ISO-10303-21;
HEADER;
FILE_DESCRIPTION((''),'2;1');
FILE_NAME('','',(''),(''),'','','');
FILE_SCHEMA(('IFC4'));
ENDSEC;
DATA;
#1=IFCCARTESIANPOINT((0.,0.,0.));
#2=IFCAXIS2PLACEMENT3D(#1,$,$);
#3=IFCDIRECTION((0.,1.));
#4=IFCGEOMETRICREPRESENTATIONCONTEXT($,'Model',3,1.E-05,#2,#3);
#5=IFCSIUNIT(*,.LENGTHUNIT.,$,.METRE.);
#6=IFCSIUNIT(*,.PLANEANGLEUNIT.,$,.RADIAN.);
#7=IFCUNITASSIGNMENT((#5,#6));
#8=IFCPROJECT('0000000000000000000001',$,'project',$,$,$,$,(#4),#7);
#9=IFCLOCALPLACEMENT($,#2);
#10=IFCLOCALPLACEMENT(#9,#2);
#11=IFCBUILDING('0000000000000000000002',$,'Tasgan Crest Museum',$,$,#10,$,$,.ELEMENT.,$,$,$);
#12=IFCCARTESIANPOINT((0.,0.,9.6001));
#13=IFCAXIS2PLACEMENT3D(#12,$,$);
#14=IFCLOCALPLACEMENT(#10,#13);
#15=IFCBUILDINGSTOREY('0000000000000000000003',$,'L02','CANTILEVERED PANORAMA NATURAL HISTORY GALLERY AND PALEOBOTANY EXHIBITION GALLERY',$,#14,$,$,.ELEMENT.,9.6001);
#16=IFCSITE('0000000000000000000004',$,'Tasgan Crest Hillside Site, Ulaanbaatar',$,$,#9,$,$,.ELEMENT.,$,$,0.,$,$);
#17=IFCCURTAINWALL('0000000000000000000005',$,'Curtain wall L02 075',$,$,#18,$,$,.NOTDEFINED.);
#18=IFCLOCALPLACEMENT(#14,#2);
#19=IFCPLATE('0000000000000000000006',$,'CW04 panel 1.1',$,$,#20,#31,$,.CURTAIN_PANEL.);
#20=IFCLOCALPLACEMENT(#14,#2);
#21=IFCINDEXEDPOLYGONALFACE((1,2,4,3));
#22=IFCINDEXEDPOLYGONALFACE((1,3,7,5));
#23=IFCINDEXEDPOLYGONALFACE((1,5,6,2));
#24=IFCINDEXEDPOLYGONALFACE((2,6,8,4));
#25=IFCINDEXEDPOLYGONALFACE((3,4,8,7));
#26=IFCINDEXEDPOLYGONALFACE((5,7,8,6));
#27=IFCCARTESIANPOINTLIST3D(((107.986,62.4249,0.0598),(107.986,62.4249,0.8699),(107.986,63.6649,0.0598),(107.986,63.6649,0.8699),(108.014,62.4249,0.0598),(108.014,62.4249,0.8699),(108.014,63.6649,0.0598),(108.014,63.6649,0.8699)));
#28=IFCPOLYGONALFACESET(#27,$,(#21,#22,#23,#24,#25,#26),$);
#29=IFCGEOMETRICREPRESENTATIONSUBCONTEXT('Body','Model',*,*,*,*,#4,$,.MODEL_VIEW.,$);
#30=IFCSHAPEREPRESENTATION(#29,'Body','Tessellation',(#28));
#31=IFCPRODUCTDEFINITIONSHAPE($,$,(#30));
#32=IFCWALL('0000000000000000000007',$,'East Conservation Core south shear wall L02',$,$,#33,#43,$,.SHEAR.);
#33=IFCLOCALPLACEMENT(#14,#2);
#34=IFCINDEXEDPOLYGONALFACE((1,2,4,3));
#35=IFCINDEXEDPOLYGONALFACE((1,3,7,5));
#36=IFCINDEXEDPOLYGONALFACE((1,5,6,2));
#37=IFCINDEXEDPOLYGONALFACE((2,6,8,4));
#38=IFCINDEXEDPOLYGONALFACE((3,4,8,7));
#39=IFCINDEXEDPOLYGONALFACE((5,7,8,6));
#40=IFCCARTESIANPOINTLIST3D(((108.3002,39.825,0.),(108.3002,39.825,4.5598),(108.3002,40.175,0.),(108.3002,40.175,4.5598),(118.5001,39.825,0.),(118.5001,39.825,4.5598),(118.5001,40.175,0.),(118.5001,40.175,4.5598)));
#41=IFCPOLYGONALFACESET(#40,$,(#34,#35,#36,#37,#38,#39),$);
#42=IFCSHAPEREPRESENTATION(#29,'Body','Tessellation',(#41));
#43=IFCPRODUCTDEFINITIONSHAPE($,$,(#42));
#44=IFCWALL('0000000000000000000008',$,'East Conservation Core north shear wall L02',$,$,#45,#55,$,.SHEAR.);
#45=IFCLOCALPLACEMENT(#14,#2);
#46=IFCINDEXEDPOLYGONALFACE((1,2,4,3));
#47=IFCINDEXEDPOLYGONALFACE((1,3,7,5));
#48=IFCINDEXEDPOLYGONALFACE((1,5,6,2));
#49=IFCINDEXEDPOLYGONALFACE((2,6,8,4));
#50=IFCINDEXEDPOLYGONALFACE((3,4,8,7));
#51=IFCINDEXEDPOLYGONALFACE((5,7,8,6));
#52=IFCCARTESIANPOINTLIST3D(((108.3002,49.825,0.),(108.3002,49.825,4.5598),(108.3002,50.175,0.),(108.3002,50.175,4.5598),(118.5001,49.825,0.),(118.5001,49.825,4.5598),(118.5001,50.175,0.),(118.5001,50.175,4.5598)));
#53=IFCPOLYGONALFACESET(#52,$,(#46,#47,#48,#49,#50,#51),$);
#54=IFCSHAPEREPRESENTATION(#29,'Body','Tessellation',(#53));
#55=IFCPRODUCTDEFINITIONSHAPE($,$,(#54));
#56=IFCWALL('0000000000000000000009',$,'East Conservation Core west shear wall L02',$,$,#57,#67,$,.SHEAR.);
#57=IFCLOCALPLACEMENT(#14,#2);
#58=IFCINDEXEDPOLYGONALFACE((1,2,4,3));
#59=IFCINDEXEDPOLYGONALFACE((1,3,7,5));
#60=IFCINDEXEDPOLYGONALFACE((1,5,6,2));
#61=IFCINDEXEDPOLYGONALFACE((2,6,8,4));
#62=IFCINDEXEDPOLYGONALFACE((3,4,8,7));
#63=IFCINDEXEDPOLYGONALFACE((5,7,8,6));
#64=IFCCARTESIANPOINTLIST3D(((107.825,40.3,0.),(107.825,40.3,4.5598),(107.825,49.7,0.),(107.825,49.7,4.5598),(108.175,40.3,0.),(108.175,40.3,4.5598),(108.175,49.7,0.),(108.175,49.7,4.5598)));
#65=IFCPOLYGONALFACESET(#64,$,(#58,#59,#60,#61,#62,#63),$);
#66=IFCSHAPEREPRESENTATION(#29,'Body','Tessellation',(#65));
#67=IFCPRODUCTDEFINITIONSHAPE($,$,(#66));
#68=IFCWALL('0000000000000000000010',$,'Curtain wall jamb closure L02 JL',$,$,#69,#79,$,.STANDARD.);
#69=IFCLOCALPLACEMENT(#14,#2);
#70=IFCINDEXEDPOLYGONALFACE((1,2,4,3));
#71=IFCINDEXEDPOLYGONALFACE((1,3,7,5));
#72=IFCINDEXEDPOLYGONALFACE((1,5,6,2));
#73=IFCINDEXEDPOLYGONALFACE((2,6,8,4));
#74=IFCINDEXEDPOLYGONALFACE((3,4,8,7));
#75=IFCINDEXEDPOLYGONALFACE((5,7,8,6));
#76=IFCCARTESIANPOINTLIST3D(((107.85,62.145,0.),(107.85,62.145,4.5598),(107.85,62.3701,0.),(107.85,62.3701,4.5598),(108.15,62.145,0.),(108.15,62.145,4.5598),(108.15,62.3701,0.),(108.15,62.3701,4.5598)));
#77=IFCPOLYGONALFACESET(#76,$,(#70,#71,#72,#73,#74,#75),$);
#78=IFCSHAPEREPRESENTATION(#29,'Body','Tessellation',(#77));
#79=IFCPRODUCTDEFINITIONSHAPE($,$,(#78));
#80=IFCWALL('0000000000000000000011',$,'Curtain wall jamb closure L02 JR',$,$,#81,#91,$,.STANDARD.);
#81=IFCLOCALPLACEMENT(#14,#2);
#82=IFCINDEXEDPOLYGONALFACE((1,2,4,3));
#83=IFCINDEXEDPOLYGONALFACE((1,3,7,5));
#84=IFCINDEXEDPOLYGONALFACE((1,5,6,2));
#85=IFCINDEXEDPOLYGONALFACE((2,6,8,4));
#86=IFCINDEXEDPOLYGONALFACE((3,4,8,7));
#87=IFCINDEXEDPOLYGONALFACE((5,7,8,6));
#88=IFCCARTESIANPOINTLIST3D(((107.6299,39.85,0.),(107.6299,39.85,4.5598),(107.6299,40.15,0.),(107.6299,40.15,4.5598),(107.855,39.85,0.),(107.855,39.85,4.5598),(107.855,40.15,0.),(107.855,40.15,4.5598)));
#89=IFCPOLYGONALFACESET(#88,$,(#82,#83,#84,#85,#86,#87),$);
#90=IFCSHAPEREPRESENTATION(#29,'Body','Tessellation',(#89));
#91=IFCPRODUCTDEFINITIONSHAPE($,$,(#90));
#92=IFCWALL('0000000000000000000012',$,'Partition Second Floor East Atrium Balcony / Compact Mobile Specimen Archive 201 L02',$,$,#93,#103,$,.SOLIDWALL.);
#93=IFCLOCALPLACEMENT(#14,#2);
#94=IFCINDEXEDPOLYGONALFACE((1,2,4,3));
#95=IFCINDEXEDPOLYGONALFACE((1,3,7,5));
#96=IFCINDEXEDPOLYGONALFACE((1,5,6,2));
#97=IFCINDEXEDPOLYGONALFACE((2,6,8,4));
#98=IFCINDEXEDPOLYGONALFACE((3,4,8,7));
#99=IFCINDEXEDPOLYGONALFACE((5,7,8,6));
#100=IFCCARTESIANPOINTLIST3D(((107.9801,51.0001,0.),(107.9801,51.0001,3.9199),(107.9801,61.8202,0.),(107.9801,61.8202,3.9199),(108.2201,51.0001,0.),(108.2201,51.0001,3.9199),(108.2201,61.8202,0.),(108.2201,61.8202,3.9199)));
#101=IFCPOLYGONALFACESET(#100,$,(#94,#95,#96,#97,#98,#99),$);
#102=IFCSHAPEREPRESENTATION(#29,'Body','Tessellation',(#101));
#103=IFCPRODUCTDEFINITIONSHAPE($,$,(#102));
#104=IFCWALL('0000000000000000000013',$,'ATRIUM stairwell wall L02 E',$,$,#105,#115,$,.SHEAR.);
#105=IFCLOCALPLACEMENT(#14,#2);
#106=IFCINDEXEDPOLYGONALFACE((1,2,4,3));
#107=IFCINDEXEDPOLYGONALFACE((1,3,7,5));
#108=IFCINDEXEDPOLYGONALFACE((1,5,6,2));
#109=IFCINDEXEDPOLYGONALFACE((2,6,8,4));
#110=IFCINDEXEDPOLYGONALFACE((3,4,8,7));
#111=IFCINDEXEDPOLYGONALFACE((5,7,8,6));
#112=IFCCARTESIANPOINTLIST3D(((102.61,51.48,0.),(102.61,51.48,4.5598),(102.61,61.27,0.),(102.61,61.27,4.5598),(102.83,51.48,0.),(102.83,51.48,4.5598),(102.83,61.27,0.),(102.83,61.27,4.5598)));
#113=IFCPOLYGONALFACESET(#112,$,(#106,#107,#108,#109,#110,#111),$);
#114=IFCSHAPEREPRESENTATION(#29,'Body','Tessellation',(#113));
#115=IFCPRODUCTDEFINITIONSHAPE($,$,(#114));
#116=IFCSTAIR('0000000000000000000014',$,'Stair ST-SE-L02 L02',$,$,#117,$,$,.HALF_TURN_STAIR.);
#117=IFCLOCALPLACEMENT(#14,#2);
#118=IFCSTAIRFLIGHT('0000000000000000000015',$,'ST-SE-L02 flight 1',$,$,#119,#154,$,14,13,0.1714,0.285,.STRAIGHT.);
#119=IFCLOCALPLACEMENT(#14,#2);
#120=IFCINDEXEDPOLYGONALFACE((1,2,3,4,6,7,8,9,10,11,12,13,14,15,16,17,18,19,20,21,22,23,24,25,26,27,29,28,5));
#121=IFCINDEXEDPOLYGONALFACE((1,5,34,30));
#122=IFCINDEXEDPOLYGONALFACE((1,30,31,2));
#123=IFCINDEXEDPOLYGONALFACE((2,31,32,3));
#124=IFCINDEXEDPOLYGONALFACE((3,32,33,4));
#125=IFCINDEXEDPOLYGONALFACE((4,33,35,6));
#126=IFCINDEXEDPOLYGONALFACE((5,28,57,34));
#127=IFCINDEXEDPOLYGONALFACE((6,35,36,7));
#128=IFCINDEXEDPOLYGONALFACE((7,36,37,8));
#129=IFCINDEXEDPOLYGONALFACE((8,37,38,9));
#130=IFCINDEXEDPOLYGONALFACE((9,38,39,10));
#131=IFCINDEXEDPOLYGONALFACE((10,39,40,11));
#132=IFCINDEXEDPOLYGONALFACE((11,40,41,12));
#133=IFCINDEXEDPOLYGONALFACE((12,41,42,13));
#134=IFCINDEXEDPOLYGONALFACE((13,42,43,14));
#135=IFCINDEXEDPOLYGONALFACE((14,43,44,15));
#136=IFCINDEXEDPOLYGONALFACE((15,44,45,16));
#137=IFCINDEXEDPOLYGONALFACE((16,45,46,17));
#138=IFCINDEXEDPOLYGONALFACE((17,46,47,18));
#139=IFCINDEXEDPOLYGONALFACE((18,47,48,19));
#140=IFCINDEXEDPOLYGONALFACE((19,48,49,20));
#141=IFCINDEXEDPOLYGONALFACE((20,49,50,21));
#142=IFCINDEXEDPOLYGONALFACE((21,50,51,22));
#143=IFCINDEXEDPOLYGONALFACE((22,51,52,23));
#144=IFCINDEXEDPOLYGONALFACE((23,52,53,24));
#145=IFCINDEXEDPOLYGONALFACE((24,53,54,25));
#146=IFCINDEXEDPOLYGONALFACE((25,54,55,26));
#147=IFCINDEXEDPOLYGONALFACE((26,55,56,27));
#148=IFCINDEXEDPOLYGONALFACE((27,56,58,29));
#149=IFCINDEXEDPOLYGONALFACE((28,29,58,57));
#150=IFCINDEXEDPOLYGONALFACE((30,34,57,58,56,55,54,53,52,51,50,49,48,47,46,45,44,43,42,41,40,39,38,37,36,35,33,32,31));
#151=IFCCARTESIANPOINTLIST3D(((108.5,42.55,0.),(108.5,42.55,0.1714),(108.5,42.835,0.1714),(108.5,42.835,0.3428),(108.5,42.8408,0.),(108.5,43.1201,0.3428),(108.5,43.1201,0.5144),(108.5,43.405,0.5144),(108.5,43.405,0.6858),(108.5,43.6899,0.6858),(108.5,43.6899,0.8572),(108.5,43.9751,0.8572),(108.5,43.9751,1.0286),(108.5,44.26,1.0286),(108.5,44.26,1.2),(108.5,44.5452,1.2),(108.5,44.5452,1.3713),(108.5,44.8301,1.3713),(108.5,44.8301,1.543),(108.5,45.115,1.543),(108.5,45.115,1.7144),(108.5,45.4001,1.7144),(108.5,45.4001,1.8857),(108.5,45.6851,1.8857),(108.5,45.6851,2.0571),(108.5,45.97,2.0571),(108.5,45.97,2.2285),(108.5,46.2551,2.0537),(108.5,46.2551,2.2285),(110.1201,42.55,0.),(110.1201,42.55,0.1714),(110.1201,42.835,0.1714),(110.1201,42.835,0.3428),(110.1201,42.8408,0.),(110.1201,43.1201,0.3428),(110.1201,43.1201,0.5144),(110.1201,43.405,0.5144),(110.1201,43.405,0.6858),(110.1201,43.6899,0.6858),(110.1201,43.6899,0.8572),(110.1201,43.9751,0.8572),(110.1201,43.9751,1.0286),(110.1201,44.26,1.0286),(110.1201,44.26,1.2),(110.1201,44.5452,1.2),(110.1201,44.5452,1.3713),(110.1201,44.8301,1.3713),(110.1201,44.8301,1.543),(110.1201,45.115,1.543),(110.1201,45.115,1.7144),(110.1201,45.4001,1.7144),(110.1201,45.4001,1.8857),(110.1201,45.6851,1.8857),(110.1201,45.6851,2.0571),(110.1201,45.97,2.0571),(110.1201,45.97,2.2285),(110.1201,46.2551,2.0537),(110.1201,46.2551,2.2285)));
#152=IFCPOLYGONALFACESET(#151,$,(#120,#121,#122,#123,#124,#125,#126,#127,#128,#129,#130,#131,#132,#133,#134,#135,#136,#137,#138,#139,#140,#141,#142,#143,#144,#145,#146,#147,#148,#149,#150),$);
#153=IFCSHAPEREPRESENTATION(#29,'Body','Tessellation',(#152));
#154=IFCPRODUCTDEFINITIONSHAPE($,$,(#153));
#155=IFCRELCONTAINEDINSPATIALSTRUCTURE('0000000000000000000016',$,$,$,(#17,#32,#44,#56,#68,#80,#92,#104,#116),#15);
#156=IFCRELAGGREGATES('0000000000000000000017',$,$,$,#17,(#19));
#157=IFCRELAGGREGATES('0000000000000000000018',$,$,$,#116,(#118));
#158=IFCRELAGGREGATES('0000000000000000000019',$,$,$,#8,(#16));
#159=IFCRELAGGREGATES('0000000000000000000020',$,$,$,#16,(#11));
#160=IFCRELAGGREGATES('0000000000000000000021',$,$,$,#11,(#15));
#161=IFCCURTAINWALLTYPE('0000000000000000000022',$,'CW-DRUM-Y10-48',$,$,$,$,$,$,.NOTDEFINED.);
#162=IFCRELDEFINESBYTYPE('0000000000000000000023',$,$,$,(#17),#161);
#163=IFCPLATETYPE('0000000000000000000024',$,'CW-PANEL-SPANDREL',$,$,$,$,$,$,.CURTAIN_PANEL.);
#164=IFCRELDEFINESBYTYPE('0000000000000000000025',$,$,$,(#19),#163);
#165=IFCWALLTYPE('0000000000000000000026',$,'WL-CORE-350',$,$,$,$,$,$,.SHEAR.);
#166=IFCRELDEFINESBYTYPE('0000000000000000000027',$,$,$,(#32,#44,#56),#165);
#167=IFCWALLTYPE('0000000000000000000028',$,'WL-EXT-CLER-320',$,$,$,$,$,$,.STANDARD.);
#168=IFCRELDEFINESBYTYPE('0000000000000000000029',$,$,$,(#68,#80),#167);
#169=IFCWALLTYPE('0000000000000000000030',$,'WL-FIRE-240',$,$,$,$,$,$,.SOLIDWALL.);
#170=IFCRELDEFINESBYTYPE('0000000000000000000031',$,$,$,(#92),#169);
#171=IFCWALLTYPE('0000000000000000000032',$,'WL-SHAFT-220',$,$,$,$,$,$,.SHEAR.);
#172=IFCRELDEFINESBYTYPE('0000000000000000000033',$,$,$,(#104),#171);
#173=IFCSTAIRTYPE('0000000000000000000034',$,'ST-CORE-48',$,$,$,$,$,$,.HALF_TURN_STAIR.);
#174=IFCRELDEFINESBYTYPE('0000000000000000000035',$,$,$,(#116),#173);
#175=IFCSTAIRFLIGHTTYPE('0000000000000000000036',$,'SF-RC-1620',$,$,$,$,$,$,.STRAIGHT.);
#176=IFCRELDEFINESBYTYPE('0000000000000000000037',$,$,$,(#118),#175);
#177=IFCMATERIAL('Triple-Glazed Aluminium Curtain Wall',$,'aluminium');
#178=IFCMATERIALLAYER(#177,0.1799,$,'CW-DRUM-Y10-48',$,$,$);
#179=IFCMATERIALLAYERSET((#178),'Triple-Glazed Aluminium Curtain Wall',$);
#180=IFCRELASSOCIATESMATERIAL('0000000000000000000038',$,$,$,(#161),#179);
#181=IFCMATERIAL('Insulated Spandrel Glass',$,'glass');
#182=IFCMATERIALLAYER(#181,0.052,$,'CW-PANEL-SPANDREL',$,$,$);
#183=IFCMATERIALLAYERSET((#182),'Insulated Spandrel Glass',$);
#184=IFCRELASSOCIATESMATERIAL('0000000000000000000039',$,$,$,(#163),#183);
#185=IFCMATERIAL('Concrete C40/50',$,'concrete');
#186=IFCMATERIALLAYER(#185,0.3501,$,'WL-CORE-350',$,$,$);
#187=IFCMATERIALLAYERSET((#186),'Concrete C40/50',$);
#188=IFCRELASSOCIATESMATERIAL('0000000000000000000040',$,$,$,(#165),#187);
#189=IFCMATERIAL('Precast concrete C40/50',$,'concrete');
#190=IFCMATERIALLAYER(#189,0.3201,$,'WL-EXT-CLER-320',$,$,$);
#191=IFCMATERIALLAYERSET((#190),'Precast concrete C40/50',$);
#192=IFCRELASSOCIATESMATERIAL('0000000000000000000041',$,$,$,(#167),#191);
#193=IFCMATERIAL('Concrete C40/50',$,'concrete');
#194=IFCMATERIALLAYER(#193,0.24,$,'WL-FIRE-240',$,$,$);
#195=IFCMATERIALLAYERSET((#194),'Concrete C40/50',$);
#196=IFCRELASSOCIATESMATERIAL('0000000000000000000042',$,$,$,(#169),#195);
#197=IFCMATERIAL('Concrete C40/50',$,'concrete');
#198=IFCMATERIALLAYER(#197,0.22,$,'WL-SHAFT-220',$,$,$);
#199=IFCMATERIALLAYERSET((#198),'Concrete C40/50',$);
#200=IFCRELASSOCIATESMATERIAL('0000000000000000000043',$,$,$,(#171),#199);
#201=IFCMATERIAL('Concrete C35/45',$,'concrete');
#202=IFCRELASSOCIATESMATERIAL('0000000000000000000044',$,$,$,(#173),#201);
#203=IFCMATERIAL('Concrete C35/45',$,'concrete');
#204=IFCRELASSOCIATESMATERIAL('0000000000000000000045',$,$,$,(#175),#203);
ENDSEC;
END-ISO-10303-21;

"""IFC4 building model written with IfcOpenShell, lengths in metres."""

from ifc_helpers import new_model, si_unit, direction, frame, frame_2d, origin, origin_2d, place, context, subcontext, project, spatial, polyline, rectangle, outline, extrude, material, layer, layer_set, type_object, element, aggregate, save


model = new_model("IFC4")

# Units and contexts
model_context = context("Model", 3, precision=1e-05, world=origin(), true_north=direction((0.0, 1.0)))
body_context = subcontext(model_context, "Body", "Model", "MODEL_VIEW")
ifc_project = project(units=[si_unit("LENGTHUNIT", "METRE"), si_unit("PLANEANGLEUNIT", "RADIAN")], contexts=[model_context])

# Site, building, storey
site_placement = place(None, origin())
site = spatial("IfcSite", under=ifc_project, at=site_placement, Name="Tasgan Crest Hillside Site, Ulaanbaatar", CompositionType="ELEMENT", RefElevation=0.0)
building_placement = place(site_placement, origin())
building = spatial("IfcBuilding", under=site, at=building_placement, Name="Tasgan Crest Museum", CompositionType="ELEMENT")
storey_placement = place(building_placement, frame((0.0, 0.0, 9.6001)))
storey = spatial("IfcBuildingStorey", under=building, at=storey_placement, Name="L02", Description="CANTILEVERED PANORAMA NATURAL HISTORY GALLERY AND PALEOBOTANY EXHIBITION GALLERY", CompositionType="ELEMENT", Elevation=9.6001)

# Curtain wall, plate
ifc_material_1 = material(Name="Triple-Glazed Aluminium Curtain Wall", Category="aluminium")
ifc_layer_1 = layer(ifc_material_1, 0.1799, Name="CW-DRUM-Y10-48")
ifc_layer_set_1 = layer_set([ifc_layer_1], Name="Triple-Glazed Aluminium Curtain Wall")
curtain_wall_type = type_object("IfcCurtainWallType", Name="CW-DRUM-Y10-48", PredefinedType="NOTDEFINED", material=ifc_layer_set_1)
curtain_wall_placement = place(storey_placement, origin())
curtain_wall = element("IfcCurtainWall", 1, at=curtain_wall_placement, inside=storey, type_object=curtain_wall_type, Name="Curtain wall L02 075", PredefinedType="NOTDEFINED")
ifc_material_2 = material(Name="Insulated Spandrel Glass", Category="glass")
ifc_layer_2 = layer(ifc_material_2, 0.052, Name="CW-PANEL-SPANDREL")
ifc_layer_set_2 = layer_set([ifc_layer_2], Name="Insulated Spandrel Glass")
plate_type = type_object("IfcPlateType", Name="CW-PANEL-SPANDREL", PredefinedType="CURTAIN_PANEL", material=ifc_layer_set_2)
plate_placement = place(storey_placement, frame((108.0, 63.0449, 0.0598), z_axis=(0.0, 0.0, 1.0), x_axis=(0.0, 1.0, 0.0)))
plate = element("IfcPlate", 2, at=plate_placement, type_object=plate_type, Name="CW04 panel 1.1", PredefinedType="CURTAIN_PANEL", context=body_context, shape_type="SweptSolid", body=[
    extrude(rectangle(XDim=1.24, YDim=0.0281, at=origin_2d()), origin(), (0.0, 0.0, 1.0), 0.8101),
])
aggregate(curtain_wall, [plate])

# Walls
ifc_material_3 = material(Name="Concrete C40/50", Category="concrete")
ifc_layer_3 = layer(ifc_material_3, 0.3501, Name="WL-CORE-350")
ifc_layer_set_3 = layer_set([ifc_layer_3], Name="Concrete C40/50")
wall_type_1 = type_object("IfcWallType", Name="WL-CORE-350", PredefinedType="SHEAR", material=ifc_layer_set_3)
for number, where, z_axis, x_axis, name in (
    (3, (108.3, 40.0, 0.0), (0.0, 0.0, 1.0), (1.0, 0.0, 0.0), "East Conservation Core south shear wall L02"),
    (4, (108.3, 50.0, 0.0), (0.0, 0.0, 1.0), (1.0, 0.0, 0.0), "East Conservation Core north shear wall L02"),
):
    element("IfcWall", number, at=place(storey_placement, frame(where, z_axis=z_axis, x_axis=x_axis)), inside=storey, type_object=wall_type_1, Name=name, PredefinedType="SHEAR", context=body_context, shape_type="SweptSolid", body=[
        extrude(rectangle(XDim=10.2, YDim=0.3501, at=frame_2d((5.1001, 0.0))), origin(), (0.0, 0.0, 1.0), 4.5598),
    ])
wall_1_placement = place(storey_placement, frame((108.0, 40.3, 0.0), z_axis=(0.0, 0.0, 1.0), x_axis=(0.0, 1.0, 0.0)))
element("IfcWall", 5, at=wall_1_placement, inside=storey, type_object=wall_type_1, Name="East Conservation Core west shear wall L02", PredefinedType="SHEAR", context=body_context, shape_type="SweptSolid", body=[
    extrude(rectangle(XDim=9.3999, YDim=0.3501, at=frame_2d((4.7, 0.0))), origin(), (0.0, 0.0, 1.0), 4.5598),
])
ifc_material_4 = material(Name="Precast concrete C40/50", Category="concrete")
ifc_layer_4 = layer(ifc_material_4, 0.3201, Name="WL-EXT-CLER-320")
ifc_layer_set_4 = layer_set([ifc_layer_4], Name="Precast concrete C40/50")
wall_type_2 = type_object("IfcWallType", Name="WL-EXT-CLER-320", PredefinedType="STANDARD", material=ifc_layer_set_4)
for number, where, z_axis, x_axis, name in (
    (6, (108.0, 62.145, 0.0), (0.0, 0.0, 1.0), (0.0, 1.0, 0.0), "Curtain wall jamb closure L02 JL"),
    (7, (107.6299, 40.0, 0.0), (0.0, 0.0, 1.0), (1.0, 0.0, 0.0), "Curtain wall jamb closure L02 JR"),
):
    element("IfcWall", number, at=place(storey_placement, frame(where, z_axis=z_axis, x_axis=x_axis)), inside=storey, type_object=wall_type_2, Name=name, PredefinedType="STANDARD", context=body_context, shape_type="SweptSolid", body=[
        extrude(rectangle(XDim=0.2251, YDim=0.3, at=frame_2d((0.1125, 0.0))), origin(), (0.0, 0.0, 1.0), 4.5598),
    ])
ifc_material_5 = material(Name="Concrete C40/50", Category="concrete")
ifc_layer_5 = layer(ifc_material_5, 0.24, Name="WL-FIRE-240")
ifc_layer_set_5 = layer_set([ifc_layer_5], Name="Concrete C40/50")
wall_type_3 = type_object("IfcWallType", Name="WL-FIRE-240", PredefinedType="SOLIDWALL", material=ifc_layer_set_5)
wall_2_placement = place(storey_placement, frame((108.1001, 51.0, 0.0), z_axis=(0.0, 0.0, 1.0), x_axis=(0.0, 1.0, 0.0)))
element("IfcWall", 8, at=wall_2_placement, inside=storey, type_object=wall_type_3, Name="Partition Second Floor East Atrium Balcony / Compact Mobile Specimen Archive 201 L02", PredefinedType="SOLIDWALL", context=body_context, shape_type="SweptSolid", body=[
    extrude(rectangle(XDim=10.8201, YDim=0.24, at=frame_2d((5.4102, 0.0))), origin(), (0.0, 0.0, 1.0), 3.9199),
])
ifc_material_6 = material(Name="Concrete C40/50", Category="concrete")
ifc_layer_6 = layer(ifc_material_6, 0.22, Name="WL-SHAFT-220")
ifc_layer_set_6 = layer_set([ifc_layer_6], Name="Concrete C40/50")
wall_type_4 = type_object("IfcWallType", Name="WL-SHAFT-220", PredefinedType="SHEAR", material=ifc_layer_set_6)
wall_3_placement = place(storey_placement, frame((102.72, 51.48, 0.0), z_axis=(0.0, 0.0, 1.0), x_axis=(0.0, 1.0, 0.0)))
element("IfcWall", 9, at=wall_3_placement, inside=storey, type_object=wall_type_4, Name="ATRIUM stairwell wall L02 E", PredefinedType="SHEAR", context=body_context, shape_type="SweptSolid", body=[
    extrude(rectangle(XDim=9.79, YDim=0.22, at=frame_2d((4.895, 0.0))), origin(), (0.0, 0.0, 1.0), 4.5598),
])

# Stair, stair flight
ifc_material_7 = material(Name="Concrete C35/45", Category="concrete")
stair_type_1 = type_object("IfcStairType", Name="ST-CORE-48", PredefinedType="HALF_TURN_STAIR", material=ifc_material_7)
stair_1_placement = place(storey_placement, origin())
stair_1 = element("IfcStair", 10, at=stair_1_placement, inside=storey, type_object=stair_type_1, Name="Stair ST-SE-L02 L02", PredefinedType="HALF_TURN_STAIR")
ifc_material_8 = material(Name="Concrete C35/45", Category="concrete")
stair_flight_type_1 = type_object("IfcStairFlightType", Name="SF-RC-1620", PredefinedType="STRAIGHT", material=ifc_material_8)
stair_flight_1_placement = place(storey_placement, frame((109.3101, 42.55, 0.0), z_axis=(0.0, 0.0, 1.0), x_axis=(0.0, 1.0, 0.0)))
stair_flight_1 = element("IfcStairFlight", 11, at=stair_flight_1_placement, type_object=stair_flight_type_1, Name="ST-SE-L02 flight 1", NumberOfRisers=14, NumberOfTreads=13, PredefinedType="STRAIGHT", RiserHeight=0.1714, TreadLength=0.285, context=body_context, shape_type="SweptSolid", body=[
    extrude(outline(polyline([(0.0, 0.0), (0.0, 0.1714), (0.2849, 0.1714), (0.2849, 0.3428), (0.5701, 0.3428), (0.5701, 0.5144), (0.855, 0.5144), (0.855, 0.6858), (1.1399, 0.6858), (1.1399, 0.8572), (1.425, 0.8572), (1.425, 1.0286), (1.71, 1.0286), (1.71, 1.2), (1.9951, 1.2), (1.9951, 1.3713), (2.28, 1.3713), (2.28, 1.543), (2.5649, 1.543), (2.5649, 1.7144), (2.8501, 1.7144), (2.8501, 1.8857), (3.135, 1.8857), (3.135, 2.0571), (3.4199, 2.0571), (3.4199, 2.2285), (3.7051, 2.2285), (3.7051, 2.3999), (3.7051, 2.0537), (0.2908, 0.0), (0.0, 0.0)])), frame((0.0, 0.8101, 0.0), z_axis=(0.0, -1.0, 0.0), x_axis=(1.0, 0.0, 0.0)), (0.0, 0.0, 1.0), 1.6201),
])
aggregate(stair_1, [stair_flight_1])

save(model, "model.ifc")
